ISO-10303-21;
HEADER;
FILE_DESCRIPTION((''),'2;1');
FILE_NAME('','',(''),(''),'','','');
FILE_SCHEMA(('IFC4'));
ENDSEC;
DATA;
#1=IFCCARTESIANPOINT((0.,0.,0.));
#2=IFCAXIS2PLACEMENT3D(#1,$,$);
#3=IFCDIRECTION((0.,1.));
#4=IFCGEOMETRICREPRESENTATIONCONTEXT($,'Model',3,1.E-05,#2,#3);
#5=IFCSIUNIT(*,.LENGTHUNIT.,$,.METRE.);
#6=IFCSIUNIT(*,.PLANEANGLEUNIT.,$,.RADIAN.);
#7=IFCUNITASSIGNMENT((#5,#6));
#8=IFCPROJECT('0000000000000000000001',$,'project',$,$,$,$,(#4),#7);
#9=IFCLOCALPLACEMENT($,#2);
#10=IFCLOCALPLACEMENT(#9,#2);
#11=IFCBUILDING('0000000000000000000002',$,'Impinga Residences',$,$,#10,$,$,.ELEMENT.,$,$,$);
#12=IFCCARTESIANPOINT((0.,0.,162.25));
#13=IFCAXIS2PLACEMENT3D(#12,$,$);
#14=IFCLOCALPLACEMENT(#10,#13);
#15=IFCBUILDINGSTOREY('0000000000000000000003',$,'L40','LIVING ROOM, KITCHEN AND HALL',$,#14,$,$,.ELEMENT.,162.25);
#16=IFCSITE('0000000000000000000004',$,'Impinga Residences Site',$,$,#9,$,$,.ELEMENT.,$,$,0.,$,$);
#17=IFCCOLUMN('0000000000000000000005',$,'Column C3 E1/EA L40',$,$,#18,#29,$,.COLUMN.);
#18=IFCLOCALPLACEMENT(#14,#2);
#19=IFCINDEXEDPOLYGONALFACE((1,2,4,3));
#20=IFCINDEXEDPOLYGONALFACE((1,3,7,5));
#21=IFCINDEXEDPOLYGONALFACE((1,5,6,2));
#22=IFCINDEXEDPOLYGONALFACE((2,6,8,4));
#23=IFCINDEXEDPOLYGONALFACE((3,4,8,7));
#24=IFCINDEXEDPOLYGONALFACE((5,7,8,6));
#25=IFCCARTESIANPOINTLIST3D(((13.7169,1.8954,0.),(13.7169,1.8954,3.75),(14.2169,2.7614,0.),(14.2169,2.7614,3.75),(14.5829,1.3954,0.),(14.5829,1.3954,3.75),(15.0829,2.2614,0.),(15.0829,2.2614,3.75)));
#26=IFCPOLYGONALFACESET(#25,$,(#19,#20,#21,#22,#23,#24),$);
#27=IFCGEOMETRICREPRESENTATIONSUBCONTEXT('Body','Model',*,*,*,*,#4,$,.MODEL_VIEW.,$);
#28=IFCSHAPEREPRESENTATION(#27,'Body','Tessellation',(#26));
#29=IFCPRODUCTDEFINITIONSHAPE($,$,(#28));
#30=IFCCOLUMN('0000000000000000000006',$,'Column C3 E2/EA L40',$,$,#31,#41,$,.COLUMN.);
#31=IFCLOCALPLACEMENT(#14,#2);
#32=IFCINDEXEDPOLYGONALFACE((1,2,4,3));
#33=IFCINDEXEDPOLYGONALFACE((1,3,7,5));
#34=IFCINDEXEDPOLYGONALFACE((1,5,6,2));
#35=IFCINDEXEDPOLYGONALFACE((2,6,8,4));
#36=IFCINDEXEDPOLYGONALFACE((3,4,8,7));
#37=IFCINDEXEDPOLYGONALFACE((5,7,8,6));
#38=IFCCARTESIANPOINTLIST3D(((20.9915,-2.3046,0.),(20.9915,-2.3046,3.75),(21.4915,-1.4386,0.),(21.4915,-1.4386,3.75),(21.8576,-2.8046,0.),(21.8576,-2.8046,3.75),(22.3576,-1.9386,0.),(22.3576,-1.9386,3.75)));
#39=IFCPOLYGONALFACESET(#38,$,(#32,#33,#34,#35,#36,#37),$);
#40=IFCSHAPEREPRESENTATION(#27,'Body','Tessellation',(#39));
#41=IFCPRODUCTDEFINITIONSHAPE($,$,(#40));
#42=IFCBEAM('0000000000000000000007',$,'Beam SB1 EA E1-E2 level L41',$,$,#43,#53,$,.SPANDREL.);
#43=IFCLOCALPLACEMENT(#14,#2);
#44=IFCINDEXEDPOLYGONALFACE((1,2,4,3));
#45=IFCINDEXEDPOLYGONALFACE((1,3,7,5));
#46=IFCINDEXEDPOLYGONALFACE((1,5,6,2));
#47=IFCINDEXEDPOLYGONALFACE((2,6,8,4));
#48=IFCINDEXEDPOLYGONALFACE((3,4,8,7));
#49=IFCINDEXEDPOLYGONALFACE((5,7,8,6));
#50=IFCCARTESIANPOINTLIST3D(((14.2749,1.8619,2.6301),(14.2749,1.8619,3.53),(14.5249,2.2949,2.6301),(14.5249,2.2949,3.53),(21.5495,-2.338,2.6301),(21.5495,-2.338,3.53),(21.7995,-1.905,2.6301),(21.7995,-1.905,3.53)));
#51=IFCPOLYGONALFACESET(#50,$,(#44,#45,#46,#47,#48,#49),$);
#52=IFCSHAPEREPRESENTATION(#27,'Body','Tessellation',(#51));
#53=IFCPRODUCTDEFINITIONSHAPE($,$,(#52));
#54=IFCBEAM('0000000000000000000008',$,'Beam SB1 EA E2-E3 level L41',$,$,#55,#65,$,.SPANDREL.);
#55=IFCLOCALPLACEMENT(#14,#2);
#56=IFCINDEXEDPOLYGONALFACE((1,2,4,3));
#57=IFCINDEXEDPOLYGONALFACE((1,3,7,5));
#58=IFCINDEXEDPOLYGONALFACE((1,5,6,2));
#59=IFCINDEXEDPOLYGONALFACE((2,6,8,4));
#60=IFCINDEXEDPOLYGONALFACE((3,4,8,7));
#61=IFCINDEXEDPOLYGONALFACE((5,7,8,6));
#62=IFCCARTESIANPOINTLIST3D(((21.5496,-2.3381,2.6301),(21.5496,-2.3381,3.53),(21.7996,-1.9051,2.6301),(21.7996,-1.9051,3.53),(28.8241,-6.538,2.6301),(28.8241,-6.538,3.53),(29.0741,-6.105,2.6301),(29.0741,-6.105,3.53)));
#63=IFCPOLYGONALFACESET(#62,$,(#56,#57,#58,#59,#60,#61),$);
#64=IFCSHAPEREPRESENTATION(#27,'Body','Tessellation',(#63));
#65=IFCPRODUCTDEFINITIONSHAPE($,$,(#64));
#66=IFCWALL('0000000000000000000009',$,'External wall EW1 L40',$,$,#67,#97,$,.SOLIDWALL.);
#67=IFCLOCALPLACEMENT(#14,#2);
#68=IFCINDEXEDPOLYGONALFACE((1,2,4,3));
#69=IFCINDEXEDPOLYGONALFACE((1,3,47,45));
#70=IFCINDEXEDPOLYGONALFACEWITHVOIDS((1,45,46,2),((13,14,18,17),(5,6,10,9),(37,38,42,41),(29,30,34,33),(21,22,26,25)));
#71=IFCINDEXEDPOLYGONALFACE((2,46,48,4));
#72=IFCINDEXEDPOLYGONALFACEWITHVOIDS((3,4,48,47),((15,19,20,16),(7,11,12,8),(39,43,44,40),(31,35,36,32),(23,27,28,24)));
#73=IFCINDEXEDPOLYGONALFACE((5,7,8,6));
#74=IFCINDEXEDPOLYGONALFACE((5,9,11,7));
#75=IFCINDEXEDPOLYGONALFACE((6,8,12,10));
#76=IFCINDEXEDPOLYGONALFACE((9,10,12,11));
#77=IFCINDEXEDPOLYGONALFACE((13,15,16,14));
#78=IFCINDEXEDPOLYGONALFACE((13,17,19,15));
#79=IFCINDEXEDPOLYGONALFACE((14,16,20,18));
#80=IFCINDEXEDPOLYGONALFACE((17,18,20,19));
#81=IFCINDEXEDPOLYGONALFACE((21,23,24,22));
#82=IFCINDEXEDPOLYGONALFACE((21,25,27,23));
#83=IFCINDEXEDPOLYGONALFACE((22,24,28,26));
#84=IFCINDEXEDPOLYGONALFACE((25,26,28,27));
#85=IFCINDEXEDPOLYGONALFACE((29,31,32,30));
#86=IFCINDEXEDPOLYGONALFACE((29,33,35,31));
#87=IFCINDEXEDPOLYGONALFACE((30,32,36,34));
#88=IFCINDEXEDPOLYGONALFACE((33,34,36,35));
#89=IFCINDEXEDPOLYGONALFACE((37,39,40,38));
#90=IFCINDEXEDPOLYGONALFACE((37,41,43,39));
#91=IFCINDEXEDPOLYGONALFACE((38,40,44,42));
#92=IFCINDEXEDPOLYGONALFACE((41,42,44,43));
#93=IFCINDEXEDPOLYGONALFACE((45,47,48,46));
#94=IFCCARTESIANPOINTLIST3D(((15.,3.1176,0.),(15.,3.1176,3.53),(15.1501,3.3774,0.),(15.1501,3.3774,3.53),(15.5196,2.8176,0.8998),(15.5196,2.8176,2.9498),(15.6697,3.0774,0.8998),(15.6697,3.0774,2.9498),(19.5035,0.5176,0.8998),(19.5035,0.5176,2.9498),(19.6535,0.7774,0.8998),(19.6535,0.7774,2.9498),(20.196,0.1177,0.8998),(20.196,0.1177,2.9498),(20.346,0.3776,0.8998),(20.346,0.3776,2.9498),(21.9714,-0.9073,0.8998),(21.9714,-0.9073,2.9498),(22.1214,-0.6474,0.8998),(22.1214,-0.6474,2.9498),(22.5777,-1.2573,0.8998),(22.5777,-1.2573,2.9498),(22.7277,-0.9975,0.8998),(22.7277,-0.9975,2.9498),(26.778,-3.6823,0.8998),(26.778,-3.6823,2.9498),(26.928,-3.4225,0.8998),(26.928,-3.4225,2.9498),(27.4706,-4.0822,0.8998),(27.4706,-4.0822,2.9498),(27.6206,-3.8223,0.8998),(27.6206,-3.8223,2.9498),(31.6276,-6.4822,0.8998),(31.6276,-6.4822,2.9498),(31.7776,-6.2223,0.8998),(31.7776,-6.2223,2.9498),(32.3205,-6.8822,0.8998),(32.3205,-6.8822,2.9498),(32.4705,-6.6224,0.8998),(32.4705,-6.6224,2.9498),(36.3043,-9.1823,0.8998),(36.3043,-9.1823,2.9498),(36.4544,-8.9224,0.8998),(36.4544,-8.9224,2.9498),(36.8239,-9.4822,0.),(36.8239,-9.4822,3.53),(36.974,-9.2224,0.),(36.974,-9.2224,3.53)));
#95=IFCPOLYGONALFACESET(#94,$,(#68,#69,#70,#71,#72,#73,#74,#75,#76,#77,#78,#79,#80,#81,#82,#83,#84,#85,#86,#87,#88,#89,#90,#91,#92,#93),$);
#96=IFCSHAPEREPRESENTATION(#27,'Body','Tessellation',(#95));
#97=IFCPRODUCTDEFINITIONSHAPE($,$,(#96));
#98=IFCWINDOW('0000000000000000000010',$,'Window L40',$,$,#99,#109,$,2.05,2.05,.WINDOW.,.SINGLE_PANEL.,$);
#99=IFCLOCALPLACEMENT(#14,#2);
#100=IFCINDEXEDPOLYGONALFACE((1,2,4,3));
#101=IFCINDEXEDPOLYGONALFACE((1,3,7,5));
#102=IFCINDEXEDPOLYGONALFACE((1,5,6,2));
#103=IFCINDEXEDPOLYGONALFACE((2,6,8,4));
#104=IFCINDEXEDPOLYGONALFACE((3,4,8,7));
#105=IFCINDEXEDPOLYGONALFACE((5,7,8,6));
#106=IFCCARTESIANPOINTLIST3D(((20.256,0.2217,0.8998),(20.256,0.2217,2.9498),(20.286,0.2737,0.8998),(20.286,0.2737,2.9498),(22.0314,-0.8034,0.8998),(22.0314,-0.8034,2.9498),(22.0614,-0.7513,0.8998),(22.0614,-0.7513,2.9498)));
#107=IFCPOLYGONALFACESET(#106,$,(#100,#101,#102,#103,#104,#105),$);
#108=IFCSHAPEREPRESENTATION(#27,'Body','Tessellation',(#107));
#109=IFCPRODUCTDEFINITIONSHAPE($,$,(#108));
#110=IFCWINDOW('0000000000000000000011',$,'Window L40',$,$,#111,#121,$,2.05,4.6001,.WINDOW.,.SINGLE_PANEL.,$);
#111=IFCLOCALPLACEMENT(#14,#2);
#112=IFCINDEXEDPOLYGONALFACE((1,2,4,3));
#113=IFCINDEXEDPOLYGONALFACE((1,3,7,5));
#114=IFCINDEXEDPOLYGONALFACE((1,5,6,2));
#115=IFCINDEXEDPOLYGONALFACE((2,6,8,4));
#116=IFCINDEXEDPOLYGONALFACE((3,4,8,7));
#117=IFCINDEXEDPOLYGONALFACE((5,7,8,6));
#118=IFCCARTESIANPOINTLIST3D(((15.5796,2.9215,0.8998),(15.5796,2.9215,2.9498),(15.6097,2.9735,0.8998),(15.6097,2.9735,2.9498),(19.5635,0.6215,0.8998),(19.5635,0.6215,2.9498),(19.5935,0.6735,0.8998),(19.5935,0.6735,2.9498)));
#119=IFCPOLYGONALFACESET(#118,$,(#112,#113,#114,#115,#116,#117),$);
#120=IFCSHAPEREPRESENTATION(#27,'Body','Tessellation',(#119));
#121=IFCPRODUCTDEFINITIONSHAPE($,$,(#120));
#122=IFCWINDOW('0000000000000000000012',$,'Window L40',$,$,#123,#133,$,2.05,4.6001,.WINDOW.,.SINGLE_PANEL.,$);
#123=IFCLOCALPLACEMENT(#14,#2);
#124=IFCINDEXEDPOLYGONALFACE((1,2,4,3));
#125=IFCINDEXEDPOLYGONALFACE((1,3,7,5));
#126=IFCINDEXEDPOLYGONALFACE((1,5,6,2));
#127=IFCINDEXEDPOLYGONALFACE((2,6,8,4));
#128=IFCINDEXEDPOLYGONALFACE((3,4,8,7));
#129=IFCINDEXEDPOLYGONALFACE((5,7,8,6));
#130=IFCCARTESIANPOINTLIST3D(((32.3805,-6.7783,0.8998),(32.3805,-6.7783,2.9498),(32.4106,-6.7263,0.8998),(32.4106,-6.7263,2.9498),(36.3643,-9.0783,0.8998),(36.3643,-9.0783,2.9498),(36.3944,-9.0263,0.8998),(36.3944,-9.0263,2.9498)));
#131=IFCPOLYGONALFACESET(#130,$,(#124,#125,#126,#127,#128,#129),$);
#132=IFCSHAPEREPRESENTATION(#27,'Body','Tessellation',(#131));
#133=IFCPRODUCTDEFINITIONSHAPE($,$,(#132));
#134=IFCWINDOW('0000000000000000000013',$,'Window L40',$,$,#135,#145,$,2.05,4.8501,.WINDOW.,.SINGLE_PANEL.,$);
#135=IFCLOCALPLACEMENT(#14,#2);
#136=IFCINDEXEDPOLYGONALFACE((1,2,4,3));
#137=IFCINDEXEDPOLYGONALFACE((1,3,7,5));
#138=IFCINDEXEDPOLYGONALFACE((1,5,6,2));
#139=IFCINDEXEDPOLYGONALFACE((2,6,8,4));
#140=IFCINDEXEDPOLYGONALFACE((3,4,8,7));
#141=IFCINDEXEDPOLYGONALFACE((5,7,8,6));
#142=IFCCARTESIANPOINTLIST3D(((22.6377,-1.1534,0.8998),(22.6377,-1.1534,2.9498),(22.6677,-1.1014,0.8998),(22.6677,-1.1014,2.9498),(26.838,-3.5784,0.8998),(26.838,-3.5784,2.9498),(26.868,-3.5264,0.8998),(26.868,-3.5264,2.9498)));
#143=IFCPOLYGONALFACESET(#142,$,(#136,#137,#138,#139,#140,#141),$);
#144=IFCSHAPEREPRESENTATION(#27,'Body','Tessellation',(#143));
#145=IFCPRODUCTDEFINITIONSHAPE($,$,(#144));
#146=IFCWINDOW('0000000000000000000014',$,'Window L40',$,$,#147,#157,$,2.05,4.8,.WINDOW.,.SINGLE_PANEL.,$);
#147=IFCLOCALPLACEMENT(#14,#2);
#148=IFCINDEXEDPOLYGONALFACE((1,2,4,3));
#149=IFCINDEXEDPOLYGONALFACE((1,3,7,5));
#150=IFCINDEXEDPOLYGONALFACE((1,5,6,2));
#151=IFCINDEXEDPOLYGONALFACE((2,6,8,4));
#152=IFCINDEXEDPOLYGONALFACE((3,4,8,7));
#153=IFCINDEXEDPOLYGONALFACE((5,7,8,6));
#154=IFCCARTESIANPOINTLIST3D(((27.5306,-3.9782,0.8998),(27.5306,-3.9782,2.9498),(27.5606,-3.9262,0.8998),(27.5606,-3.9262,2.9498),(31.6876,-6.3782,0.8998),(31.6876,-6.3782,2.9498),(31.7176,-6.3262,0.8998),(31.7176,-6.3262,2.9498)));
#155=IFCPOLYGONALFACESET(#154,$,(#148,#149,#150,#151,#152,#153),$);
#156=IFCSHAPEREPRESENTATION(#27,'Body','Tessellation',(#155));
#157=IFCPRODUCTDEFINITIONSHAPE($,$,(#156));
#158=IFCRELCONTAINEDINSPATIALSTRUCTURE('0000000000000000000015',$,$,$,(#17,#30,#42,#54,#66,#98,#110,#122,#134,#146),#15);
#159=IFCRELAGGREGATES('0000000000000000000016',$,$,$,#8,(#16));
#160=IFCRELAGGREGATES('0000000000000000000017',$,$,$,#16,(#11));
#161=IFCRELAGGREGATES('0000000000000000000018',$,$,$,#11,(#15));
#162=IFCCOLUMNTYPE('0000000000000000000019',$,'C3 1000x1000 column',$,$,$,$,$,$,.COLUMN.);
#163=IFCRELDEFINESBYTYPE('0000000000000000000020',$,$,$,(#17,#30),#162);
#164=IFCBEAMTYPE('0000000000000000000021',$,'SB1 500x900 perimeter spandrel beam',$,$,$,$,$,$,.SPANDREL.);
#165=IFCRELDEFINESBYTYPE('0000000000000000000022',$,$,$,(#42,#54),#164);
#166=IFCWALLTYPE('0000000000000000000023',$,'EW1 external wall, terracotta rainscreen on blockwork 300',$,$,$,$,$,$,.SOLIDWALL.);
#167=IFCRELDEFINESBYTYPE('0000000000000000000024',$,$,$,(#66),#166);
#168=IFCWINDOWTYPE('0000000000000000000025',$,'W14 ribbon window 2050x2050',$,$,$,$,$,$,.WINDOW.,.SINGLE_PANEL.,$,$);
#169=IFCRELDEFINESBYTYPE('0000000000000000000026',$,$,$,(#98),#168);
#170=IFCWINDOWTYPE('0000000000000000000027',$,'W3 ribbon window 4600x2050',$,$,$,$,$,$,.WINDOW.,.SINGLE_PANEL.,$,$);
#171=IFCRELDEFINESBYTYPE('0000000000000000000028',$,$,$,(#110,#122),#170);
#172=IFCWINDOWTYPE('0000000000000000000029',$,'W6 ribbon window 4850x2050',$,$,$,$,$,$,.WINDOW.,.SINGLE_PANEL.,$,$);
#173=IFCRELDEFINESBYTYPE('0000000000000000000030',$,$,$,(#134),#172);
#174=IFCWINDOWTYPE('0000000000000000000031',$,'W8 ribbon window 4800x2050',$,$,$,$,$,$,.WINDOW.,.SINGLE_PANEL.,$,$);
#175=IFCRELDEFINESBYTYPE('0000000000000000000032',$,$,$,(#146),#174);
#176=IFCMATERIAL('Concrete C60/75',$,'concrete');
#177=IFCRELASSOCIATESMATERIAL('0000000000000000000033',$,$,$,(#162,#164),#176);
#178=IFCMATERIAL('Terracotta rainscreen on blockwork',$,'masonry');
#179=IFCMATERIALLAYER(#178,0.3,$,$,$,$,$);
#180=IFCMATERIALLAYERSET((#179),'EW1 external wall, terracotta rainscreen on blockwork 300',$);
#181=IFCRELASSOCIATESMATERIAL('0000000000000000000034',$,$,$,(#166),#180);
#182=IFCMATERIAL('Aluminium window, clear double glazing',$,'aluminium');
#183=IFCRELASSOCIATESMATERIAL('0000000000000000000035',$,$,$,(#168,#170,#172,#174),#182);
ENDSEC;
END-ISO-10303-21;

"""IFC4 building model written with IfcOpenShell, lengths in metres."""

from ifc_helpers import new_model, si_unit, direction, frame, frame_2d, origin, origin_2d, place, context, subcontext, project, spatial, rectangle, extrude, material, layer, layer_set, material_profile, profile_set, type_object, element, fill, save


model = new_model("IFC4")

# Units and contexts
model_context = context("Model", 3, precision=1e-05, world=origin(), true_north=direction((0.0, 1.0)))
body_context = subcontext(model_context, "Body", "Model", "MODEL_VIEW")
ifc_project = project(units=[si_unit("LENGTHUNIT", "METRE"), si_unit("PLANEANGLEUNIT", "RADIAN")], contexts=[model_context])

# Site, building, storey
site_placement = place(None, origin())
site = spatial("IfcSite", under=ifc_project, at=site_placement, Name="Impinga Residences Site", CompositionType="ELEMENT", RefElevation=0.0)
building_placement = place(site_placement, origin())
building = spatial("IfcBuilding", under=site, at=building_placement, Name="Impinga Residences", CompositionType="ELEMENT")
storey_placement = place(building_placement, frame((0.0, 0.0, 162.25)))
storey = spatial("IfcBuildingStorey", under=building, at=storey_placement, Name="L40", Description="LIVING ROOM, KITCHEN AND HALL", CompositionType="ELEMENT", Elevation=162.25)

# Columns
ifc_material_1 = material(Name="Concrete C60/75", Category="concrete")
ifc_material_profile_1 = material_profile(ifc_material_1, rectangle(XDim=1.0, YDim=1.0, at=origin_2d()), Name="RC 1000x1000")
ifc_profile_set_1 = profile_set([ifc_material_profile_1], Name="Concrete C60/75")
column_type = type_object("IfcColumnType", Name="C3 1000x1000 column", PredefinedType="COLUMN", material=ifc_profile_set_1)
for number, where, z_axis, x_axis, name in (
    (1, (14.3999, 2.0784, 0.0), (0.0, 0.0, 1.0), (-0.5, -0.866025, 0.0), "Column C3 E1/EA L40"),
    (2, (21.6746, -2.1216, 0.0), (0.0, 0.0, 1.0), (-0.5, -0.866025, 0.0), "Column C3 E2/EA L40"),
):
    element("IfcColumn", number, at=place(storey_placement, frame(where, z_axis=z_axis, x_axis=x_axis)), inside=storey, type_object=column_type, Name=name, PredefinedType="COLUMN", context=body_context, shape_type="SweptSolid", body=[
        extrude(rectangle(XDim=1.0, YDim=1.0, at=origin_2d()), origin(), (0.0, 0.0, 1.0), 3.75),
    ])

# Beams
ifc_material_profile_2 = material_profile(ifc_material_1, rectangle(XDim=0.5, YDim=0.8999, at=origin_2d()), Name="RC 500x900")
ifc_profile_set_2 = profile_set([ifc_material_profile_2], Name="Concrete C60/75")
beam_type = type_object("IfcBeamType", Name="SB1 500x900 perimeter spandrel beam", PredefinedType="SPANDREL", material=ifc_profile_set_2)
for number, where, z_axis, x_axis, name in (
    (3, (14.3999, 2.0784, 3.0801), (0.866029, -0.499993, 0.0), (0.499993, 0.866029, 0.0), "Beam SB1 EA E1-E2 level L41"),
    (4, (21.6746, -2.1216, 3.0801), (0.866029, -0.499993, 0.0), (0.499993, 0.866029, 0.0), "Beam SB1 EA E2-E3 level L41"),
):
    element("IfcBeam", number, at=place(storey_placement, frame(where, z_axis=z_axis, x_axis=x_axis)), inside=storey, type_object=beam_type, Name=name, PredefinedType="SPANDREL", context=body_context, shape_type="SweptSolid", body=[
        extrude(rectangle(XDim=0.5, YDim=0.8999, at=origin_2d()), origin(), (0.0, 0.0, 1.0), 8.3999),
    ])

# Wall, openings, windows
ifc_material_2 = material(Name="Terracotta rainscreen on blockwork", Category="masonry")
ifc_layer_1 = layer(ifc_material_2, 0.3)
ifc_layer_set_1 = layer_set([ifc_layer_1], Name="EW1 external wall, terracotta rainscreen on blockwork 300")
wall_type_1 = type_object("IfcWallType", Name="EW1 external wall, terracotta rainscreen on blockwork 300", PredefinedType="SOLIDWALL", material=ifc_layer_set_1)
wall_1_placement = place(storey_placement, frame((15.075, 3.2476, 0.0), z_axis=(0.0, 0.0, 1.0), x_axis=(0.866029, -0.499993, 0.0)))
wall_1 = element("IfcWall", 5, at=wall_1_placement, inside=storey, type_object=wall_type_1, Name="External wall EW1 L40", PredefinedType="SOLIDWALL", context=body_context, shape_type="SweptSolid", body=[
    extrude(rectangle(XDim=25.2, YDim=0.3, at=frame_2d((12.6001, 0.0))), origin(), (0.0, 0.0, 1.0), 3.53),
])
opening_1_placement = place(wall_1_placement, frame((0.6001, 0.0, 0.8999)))
opening_1 = element("IfcOpeningElement", 6, at=opening_1_placement, cuts=wall_1, PredefinedType="OPENING", context=body_context, shape_type="SweptSolid", body=[
    extrude(rectangle(XDim=4.6001, YDim=2.05, at=frame_2d((2.3, 1.0249))), frame((0.0, 0.1599, 0.0), z_axis=(0.0, -1.0, 0.0), x_axis=(1.0, 0.0, 0.0)), (0.0, 0.0, 1.0), 0.3201),
])
opening_2_placement = place(wall_1_placement, frame((6.0, 0.0, 0.8999)))
opening_2 = element("IfcOpeningElement", 7, at=opening_2_placement, cuts=wall_1, PredefinedType="OPENING", context=body_context, shape_type="SweptSolid", body=[
    extrude(rectangle(XDim=2.05, YDim=2.05, at=frame_2d((1.0249, 1.0249))), frame((0.0, 0.1599, 0.0), z_axis=(0.0, -1.0, 0.0), x_axis=(1.0, 0.0, 0.0)), (0.0, 0.0, 1.0), 0.3201),
])
opening_3_placement = place(wall_1_placement, frame((8.75, 0.0, 0.8999)))
opening_3 = element("IfcOpeningElement", 8, at=opening_3_placement, cuts=wall_1, PredefinedType="OPENING", context=body_context, shape_type="SweptSolid", body=[
    extrude(rectangle(XDim=4.8501, YDim=2.05, at=frame_2d((2.425, 1.0249))), frame((0.0, 0.1599, 0.0), z_axis=(0.0, -1.0, 0.0), x_axis=(1.0, 0.0, 0.0)), (0.0, 0.0, 1.0), 0.3201),
])
opening_4_placement = place(wall_1_placement, frame((14.3999, 0.0, 0.8999)))
opening_4 = element("IfcOpeningElement", 9, at=opening_4_placement, cuts=wall_1, PredefinedType="OPENING", context=body_context, shape_type="SweptSolid", body=[
    extrude(rectangle(XDim=4.8, YDim=2.05, at=frame_2d((2.3999, 1.0249))), frame((0.0, 0.1599, 0.0), z_axis=(0.0, -1.0, 0.0), x_axis=(1.0, 0.0, 0.0)), (0.0, 0.0, 1.0), 0.3201),
])
opening_5_placement = place(wall_1_placement, frame((20.0, 0.0, 0.8999)))
opening_5 = element("IfcOpeningElement", 10, at=opening_5_placement, cuts=wall_1, PredefinedType="OPENING", context=body_context, shape_type="SweptSolid", body=[
    extrude(rectangle(XDim=4.6001, YDim=2.05, at=frame_2d((2.3, 1.0249))), frame((0.0, 0.1599, 0.0), z_axis=(0.0, -1.0, 0.0), x_axis=(1.0, 0.0, 0.0)), (0.0, 0.0, 1.0), 0.3201),
])
ifc_material_3 = material(Name="Aluminium window, clear double glazing", Category="aluminium")
window_type_1 = type_object("IfcWindowType", Name="W14 ribbon window 2050x2050", PartitioningType="SINGLE_PANEL", PredefinedType="WINDOW", material=ifc_material_3)
window_1_placement = place(opening_2_placement, origin())
window_1 = element("IfcWindow", 11, at=window_1_placement, inside=storey, type_object=window_type_1, Name="Window L40", OverallHeight=2.05, OverallWidth=2.05, PartitioningType="SINGLE_PANEL", PredefinedType="WINDOW", context=body_context, shape_type="SweptSolid", body=[
    extrude(rectangle(XDim=2.05, YDim=2.05, at=frame_2d((1.0249, 1.0249))), frame((0.0, 0.03, 0.0), z_axis=(0.0, -1.0, 0.0), x_axis=(1.0, 0.0, 0.0)), (0.0, 0.0, 1.0), 0.0601),
])
fill(opening_2, window_1)
window_type_2 = type_object("IfcWindowType", Name="W3 ribbon window 4600x2050", PartitioningType="SINGLE_PANEL", PredefinedType="WINDOW", material=ifc_material_3)
window_2_placement = place(opening_1_placement, origin())
window_2 = element("IfcWindow", 12, at=window_2_placement, inside=storey, type_object=window_type_2, Name="Window L40", OverallHeight=2.05, OverallWidth=4.6001, PartitioningType="SINGLE_PANEL", PredefinedType="WINDOW", context=body_context, shape_type="SweptSolid", body=[
    extrude(rectangle(XDim=4.6001, YDim=2.05, at=frame_2d((2.3, 1.0249))), frame((0.0, 0.03, 0.0), z_axis=(0.0, -1.0, 0.0), x_axis=(1.0, 0.0, 0.0)), (0.0, 0.0, 1.0), 0.0601),
])
fill(opening_1, window_2)
window_3_placement = place(opening_5_placement, origin())
window_3 = element("IfcWindow", 13, at=window_3_placement, inside=storey, type_object=window_type_2, Name="Window L40", OverallHeight=2.05, OverallWidth=4.6001, PartitioningType="SINGLE_PANEL", PredefinedType="WINDOW", context=body_context, shape_type="SweptSolid", body=[
    extrude(rectangle(XDim=4.6001, YDim=2.05, at=frame_2d((2.3, 1.0249))), frame((0.0, 0.03, 0.0), z_axis=(0.0, -1.0, 0.0), x_axis=(1.0, 0.0, 0.0)), (0.0, 0.0, 1.0), 0.0601),
])
fill(opening_5, window_3)
window_type_3 = type_object("IfcWindowType", Name="W6 ribbon window 4850x2050", PartitioningType="SINGLE_PANEL", PredefinedType="WINDOW", material=ifc_material_3)
window_4_placement = place(opening_3_placement, origin())
window_4 = element("IfcWindow", 14, at=window_4_placement, inside=storey, type_object=window_type_3, Name="Window L40", OverallHeight=2.05, OverallWidth=4.8501, PartitioningType="SINGLE_PANEL", PredefinedType="WINDOW", context=body_context, shape_type="SweptSolid", body=[
    extrude(rectangle(XDim=4.8501, YDim=2.05, at=frame_2d((2.425, 1.0249))), frame((0.0, 0.03, 0.0), z_axis=(0.0, -1.0, 0.0), x_axis=(1.0, 0.0, 0.0)), (0.0, 0.0, 1.0), 0.0601),
])
fill(opening_3, window_4)
window_type_4 = type_object("IfcWindowType", Name="W8 ribbon window 4800x2050", PartitioningType="SINGLE_PANEL", PredefinedType="WINDOW", material=ifc_material_3)
window_5_placement = place(opening_4_placement, origin())
window_5 = element("IfcWindow", 15, at=window_5_placement, inside=storey, type_object=window_type_4, Name="Window L40", OverallHeight=2.05, OverallWidth=4.8, PartitioningType="SINGLE_PANEL", PredefinedType="WINDOW", context=body_context, shape_type="SweptSolid", body=[
    extrude(rectangle(XDim=4.8, YDim=2.05, at=frame_2d((2.3999, 1.0249))), frame((0.0, 0.03, 0.0), z_axis=(0.0, -1.0, 0.0), x_axis=(1.0, 0.0, 0.0)), (0.0, 0.0, 1.0), 0.0601),
])
fill(opening_4, window_5)

save(model, "model.ifc")
